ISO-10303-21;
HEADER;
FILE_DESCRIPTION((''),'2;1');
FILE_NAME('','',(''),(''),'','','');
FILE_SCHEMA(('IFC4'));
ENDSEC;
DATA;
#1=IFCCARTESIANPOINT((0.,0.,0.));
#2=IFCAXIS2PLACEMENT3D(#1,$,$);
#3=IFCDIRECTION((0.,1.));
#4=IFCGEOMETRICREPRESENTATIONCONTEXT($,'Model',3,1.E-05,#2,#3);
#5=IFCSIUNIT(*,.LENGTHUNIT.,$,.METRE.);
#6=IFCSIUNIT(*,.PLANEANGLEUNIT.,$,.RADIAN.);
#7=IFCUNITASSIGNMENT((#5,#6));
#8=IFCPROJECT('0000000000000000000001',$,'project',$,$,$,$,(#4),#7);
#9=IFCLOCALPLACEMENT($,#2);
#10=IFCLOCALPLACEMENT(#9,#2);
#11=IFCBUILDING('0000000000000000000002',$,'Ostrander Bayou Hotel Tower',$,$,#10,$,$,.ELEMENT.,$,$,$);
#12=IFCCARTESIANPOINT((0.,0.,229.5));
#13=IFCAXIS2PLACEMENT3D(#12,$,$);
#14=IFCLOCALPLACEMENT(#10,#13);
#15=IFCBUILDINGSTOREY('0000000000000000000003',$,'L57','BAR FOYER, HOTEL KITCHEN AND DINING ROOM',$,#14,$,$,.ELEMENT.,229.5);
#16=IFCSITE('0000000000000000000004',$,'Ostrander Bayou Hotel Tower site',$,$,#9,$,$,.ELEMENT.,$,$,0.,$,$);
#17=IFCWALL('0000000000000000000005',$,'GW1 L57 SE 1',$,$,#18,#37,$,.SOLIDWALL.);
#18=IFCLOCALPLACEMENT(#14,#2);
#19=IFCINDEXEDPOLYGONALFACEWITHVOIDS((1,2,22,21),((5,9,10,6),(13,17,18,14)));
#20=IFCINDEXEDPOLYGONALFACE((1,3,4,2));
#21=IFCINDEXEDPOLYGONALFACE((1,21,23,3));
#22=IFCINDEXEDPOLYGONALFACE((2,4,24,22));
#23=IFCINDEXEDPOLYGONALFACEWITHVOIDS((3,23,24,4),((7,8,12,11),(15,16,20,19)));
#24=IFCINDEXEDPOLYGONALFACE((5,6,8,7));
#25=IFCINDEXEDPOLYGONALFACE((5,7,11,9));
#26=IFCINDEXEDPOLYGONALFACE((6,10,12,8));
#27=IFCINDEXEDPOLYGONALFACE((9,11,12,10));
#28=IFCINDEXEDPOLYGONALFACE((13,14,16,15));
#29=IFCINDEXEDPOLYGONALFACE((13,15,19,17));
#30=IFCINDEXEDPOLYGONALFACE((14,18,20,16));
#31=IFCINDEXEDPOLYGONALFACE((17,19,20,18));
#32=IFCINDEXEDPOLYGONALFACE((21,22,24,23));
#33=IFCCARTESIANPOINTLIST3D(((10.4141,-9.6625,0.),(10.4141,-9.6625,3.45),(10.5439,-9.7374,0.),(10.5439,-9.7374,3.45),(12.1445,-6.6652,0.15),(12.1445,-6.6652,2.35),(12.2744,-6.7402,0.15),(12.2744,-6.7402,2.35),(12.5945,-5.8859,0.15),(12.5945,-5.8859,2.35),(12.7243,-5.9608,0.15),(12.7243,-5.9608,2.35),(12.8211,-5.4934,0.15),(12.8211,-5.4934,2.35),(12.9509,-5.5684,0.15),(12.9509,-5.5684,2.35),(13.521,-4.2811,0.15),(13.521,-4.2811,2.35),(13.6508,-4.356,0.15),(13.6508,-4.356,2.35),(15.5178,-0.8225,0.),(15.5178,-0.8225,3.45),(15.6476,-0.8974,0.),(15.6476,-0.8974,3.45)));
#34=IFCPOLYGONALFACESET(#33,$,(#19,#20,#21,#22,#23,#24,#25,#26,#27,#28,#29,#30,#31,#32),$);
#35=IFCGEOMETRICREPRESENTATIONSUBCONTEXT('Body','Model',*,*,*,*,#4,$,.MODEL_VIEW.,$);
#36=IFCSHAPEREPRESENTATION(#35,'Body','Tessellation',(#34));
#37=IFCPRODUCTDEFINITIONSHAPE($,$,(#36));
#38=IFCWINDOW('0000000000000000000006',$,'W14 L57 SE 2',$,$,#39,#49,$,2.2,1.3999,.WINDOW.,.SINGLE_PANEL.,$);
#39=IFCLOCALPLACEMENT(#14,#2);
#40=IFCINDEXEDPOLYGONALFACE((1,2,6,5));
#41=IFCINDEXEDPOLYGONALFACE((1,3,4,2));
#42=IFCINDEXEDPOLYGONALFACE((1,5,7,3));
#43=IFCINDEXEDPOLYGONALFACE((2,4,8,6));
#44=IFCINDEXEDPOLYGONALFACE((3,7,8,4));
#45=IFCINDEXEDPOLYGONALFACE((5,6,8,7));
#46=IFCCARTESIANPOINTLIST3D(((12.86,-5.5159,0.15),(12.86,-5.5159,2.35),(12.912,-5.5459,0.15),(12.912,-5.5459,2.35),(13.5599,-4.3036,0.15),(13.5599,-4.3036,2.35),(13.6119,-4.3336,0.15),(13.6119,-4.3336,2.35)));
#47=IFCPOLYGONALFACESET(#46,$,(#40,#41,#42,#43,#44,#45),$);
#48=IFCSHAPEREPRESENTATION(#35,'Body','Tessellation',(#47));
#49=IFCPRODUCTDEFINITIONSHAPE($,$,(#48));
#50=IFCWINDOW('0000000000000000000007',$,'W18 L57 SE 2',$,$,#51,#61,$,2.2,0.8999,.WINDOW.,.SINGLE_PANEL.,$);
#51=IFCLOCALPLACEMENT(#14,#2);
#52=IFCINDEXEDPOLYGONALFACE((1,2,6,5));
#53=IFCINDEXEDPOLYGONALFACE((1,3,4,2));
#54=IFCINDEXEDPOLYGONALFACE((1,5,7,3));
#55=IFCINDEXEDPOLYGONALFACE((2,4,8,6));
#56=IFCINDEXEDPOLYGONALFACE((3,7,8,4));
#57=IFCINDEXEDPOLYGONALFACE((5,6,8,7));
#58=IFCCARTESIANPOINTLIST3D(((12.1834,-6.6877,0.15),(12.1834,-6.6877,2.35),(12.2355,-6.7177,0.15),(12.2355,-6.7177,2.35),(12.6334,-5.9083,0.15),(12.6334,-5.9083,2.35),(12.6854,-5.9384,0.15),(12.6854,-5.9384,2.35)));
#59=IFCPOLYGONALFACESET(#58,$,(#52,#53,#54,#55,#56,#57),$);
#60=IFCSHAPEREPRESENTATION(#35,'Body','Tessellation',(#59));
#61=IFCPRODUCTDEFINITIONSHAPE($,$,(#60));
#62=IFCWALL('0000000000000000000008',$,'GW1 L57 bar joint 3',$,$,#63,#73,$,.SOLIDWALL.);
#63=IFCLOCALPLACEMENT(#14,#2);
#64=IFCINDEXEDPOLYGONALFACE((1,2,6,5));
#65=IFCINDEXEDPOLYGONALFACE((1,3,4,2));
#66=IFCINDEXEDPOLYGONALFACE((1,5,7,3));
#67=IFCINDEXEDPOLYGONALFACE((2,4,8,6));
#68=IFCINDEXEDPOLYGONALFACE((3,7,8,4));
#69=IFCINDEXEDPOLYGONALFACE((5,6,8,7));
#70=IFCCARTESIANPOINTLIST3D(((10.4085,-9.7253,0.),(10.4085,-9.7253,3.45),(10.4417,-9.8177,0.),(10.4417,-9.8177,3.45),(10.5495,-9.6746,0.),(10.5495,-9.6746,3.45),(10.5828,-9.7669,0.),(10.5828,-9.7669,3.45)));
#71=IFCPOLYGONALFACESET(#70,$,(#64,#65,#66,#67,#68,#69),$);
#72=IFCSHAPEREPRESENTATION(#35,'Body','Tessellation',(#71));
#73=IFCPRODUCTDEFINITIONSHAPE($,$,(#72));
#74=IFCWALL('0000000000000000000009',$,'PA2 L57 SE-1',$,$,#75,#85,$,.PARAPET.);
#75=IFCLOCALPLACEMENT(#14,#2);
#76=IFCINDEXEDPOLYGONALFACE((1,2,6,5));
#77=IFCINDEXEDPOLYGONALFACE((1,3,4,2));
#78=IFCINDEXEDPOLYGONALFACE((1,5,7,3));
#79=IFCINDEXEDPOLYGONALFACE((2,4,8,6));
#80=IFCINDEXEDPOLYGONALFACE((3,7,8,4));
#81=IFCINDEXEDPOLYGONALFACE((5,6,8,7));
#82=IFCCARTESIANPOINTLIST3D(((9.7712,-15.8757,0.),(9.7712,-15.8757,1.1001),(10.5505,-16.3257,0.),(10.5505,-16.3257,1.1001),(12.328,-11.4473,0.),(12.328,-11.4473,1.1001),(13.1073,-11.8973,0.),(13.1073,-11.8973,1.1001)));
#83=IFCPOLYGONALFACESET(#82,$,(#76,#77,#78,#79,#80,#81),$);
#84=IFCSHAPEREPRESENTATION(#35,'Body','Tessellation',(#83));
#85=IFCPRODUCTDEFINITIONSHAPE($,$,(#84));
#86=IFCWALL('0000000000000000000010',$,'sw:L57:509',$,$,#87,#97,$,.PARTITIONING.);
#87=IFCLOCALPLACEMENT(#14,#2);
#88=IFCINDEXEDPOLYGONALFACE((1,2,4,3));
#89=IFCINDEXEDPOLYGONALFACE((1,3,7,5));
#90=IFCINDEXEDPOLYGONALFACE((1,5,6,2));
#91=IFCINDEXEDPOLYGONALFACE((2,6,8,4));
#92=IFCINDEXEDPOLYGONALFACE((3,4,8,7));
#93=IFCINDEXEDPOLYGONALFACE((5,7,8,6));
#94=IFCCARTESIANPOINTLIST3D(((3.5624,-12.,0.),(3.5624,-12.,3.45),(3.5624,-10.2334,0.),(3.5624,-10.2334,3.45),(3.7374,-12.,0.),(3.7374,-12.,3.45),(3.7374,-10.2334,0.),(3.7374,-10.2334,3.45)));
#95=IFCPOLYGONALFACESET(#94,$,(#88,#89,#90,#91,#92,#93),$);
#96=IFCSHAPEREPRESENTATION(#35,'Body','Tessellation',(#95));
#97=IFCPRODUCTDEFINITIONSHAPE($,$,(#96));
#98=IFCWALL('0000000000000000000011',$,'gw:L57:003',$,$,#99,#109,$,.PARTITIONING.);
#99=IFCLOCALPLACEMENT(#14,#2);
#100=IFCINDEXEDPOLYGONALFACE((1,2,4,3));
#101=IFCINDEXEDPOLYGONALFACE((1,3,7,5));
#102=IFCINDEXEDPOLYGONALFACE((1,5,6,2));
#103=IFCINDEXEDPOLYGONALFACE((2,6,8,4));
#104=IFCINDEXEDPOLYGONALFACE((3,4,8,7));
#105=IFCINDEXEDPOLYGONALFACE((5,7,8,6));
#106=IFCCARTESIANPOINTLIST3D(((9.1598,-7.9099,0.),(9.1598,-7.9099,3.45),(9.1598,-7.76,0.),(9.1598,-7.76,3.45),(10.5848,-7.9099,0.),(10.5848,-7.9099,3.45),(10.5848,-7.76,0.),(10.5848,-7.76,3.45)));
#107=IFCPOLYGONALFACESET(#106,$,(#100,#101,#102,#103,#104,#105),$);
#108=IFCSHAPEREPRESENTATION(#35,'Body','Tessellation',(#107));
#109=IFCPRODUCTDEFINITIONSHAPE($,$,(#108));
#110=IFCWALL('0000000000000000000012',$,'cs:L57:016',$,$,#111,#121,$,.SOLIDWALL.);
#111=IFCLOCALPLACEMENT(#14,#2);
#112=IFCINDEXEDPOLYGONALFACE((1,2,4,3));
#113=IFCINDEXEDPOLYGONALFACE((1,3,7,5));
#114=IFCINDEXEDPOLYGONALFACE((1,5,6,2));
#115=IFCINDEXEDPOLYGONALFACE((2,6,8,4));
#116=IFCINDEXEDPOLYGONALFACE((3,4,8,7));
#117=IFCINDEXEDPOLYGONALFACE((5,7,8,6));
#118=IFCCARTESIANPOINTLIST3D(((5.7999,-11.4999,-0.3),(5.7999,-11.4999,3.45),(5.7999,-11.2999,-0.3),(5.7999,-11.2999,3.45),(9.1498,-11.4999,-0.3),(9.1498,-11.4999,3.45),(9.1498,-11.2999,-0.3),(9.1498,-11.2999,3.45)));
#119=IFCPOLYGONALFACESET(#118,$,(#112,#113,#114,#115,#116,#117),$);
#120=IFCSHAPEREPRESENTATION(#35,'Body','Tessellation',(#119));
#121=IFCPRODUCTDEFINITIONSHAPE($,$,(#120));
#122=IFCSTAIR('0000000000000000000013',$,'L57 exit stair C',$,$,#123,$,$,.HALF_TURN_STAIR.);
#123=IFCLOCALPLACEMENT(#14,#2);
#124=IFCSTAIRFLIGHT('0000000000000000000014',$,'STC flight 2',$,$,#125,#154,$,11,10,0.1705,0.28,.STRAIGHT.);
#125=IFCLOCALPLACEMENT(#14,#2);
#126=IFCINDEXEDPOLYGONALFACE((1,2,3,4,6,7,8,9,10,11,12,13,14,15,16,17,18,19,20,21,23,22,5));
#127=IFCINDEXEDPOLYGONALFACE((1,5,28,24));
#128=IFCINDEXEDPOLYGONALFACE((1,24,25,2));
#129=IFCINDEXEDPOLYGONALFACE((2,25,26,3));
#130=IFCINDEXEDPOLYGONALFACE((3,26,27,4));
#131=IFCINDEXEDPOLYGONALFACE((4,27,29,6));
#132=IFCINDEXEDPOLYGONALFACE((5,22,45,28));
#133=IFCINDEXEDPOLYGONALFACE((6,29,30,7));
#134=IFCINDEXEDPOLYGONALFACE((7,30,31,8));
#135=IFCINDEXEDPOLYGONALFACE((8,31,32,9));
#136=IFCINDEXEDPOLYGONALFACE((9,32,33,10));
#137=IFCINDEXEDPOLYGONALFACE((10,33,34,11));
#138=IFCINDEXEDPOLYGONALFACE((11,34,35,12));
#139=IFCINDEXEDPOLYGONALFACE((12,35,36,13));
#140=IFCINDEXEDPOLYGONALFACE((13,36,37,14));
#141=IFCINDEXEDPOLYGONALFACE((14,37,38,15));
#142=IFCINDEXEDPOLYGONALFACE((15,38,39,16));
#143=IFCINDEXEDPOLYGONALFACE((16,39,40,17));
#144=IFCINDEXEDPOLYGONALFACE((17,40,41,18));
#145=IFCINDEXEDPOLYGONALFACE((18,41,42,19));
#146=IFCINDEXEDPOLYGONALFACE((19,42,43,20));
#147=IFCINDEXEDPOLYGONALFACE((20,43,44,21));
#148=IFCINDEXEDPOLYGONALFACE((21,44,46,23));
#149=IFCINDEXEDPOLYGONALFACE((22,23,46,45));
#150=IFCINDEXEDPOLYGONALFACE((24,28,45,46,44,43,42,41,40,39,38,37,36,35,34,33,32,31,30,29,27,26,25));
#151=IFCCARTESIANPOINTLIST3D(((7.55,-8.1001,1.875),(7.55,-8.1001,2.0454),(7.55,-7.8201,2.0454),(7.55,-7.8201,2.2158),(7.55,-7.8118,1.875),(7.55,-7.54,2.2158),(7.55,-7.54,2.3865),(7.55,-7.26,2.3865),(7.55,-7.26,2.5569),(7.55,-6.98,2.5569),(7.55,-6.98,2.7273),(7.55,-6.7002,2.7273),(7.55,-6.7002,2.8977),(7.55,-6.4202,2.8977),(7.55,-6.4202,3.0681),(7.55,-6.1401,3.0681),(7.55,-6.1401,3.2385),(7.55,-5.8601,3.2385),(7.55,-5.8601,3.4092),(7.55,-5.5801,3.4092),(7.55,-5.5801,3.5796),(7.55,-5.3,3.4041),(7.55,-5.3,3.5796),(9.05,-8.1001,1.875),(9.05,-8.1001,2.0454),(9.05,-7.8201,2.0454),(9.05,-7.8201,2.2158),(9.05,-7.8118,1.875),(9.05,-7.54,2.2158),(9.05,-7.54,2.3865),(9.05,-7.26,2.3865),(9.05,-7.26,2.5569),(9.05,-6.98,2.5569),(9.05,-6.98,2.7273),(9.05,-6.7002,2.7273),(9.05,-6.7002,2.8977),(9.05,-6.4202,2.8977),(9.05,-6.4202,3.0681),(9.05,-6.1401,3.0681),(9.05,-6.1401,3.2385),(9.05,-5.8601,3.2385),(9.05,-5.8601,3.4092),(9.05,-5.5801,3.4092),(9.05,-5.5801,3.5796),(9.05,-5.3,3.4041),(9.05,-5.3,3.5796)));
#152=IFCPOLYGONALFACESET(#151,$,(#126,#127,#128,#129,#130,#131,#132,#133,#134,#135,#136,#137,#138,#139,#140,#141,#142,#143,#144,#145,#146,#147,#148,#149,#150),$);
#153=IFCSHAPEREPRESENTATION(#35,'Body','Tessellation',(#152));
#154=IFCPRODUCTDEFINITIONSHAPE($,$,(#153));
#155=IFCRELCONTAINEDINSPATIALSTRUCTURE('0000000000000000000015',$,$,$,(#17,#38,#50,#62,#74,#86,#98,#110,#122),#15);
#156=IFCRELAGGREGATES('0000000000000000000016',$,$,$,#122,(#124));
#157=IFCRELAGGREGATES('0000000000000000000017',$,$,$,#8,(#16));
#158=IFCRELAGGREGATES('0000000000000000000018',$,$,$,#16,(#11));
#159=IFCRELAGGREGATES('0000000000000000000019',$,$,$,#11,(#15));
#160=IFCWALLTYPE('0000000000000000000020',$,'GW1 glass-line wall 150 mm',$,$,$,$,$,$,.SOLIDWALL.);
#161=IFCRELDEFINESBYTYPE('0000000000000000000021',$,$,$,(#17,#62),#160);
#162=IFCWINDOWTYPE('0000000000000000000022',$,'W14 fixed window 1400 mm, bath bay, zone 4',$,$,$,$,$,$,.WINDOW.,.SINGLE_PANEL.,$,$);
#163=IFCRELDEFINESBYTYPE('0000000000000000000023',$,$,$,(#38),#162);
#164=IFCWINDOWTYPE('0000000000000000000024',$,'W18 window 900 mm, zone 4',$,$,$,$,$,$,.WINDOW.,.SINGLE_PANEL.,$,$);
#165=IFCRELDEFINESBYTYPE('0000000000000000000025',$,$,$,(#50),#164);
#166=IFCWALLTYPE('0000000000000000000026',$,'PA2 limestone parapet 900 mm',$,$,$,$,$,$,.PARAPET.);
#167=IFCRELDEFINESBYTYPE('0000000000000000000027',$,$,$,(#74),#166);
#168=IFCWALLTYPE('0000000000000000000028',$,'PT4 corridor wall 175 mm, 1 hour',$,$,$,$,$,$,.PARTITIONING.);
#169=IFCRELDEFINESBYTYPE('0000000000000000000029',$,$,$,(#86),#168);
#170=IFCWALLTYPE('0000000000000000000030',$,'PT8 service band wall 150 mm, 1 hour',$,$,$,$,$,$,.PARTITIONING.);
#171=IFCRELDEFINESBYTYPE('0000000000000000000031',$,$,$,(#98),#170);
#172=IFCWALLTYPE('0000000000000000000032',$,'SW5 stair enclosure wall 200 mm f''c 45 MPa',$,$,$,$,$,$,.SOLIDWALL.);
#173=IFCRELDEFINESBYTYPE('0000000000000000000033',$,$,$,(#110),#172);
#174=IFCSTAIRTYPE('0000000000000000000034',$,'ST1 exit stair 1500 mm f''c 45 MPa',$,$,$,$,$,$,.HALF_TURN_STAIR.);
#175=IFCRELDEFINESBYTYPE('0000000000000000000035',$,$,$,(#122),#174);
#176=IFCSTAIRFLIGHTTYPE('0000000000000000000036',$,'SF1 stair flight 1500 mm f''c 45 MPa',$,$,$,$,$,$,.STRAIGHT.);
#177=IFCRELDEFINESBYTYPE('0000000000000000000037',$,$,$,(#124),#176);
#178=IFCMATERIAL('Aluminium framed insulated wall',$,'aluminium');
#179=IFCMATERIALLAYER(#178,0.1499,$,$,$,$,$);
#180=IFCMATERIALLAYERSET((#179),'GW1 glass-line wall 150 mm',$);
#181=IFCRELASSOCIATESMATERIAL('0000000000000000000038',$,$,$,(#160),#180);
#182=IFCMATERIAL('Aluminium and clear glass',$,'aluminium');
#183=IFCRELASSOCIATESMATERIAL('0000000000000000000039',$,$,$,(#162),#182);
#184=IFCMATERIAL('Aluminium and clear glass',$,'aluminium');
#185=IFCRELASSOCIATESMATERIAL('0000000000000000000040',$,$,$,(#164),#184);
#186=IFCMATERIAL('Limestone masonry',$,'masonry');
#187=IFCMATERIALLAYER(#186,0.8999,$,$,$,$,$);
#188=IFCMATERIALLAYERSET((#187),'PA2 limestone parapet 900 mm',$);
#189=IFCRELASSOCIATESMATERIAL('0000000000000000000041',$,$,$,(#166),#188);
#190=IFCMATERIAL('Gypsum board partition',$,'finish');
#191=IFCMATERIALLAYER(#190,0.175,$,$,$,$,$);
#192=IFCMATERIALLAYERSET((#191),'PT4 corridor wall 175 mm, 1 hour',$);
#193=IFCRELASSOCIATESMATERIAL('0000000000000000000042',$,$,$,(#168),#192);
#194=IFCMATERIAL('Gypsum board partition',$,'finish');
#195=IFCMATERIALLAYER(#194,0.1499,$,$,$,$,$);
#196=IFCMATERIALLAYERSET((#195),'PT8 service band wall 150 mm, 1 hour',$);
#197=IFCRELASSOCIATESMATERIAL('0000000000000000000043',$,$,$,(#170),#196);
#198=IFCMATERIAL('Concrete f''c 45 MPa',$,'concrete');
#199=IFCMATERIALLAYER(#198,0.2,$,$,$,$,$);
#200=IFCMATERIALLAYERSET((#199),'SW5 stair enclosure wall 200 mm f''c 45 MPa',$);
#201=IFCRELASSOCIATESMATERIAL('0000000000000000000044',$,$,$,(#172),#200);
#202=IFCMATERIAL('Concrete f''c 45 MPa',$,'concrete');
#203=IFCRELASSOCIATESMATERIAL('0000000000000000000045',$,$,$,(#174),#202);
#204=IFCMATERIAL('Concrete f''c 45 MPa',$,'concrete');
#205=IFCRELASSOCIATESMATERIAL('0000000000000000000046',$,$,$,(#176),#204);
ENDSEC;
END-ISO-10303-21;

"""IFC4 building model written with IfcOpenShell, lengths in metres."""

from ifc_helpers import new_model, si_unit, direction, frame, frame_2d, origin, place, context, subcontext, project, spatial, polyline, rectangle, outline, extrude, material, layer, layer_set, type_object, element, fill, aggregate, save


model = new_model("IFC4")

# Units and contexts
model_context = context("Model", 3, precision=1e-05, world=origin(), true_north=direction((0.0, 1.0)))
body_context = subcontext(model_context, "Body", "Model", "MODEL_VIEW")
ifc_project = project(units=[si_unit("LENGTHUNIT", "METRE"), si_unit("PLANEANGLEUNIT", "RADIAN")], contexts=[model_context])

# Site, building, storey
site_placement = place(None, origin())
site = spatial("IfcSite", under=ifc_project, at=site_placement, Name="Ostrander Bayou Hotel Tower site", CompositionType="ELEMENT", RefElevation=0.0)
building_placement = place(site_placement, origin())
building = spatial("IfcBuilding", under=site, at=building_placement, Name="Ostrander Bayou Hotel Tower", CompositionType="ELEMENT")
storey_placement = place(building_placement, frame((0.0, 0.0, 229.5)))
storey = spatial("IfcBuildingStorey", under=building, at=storey_placement, Name="L57", Description="BAR FOYER, HOTEL KITCHEN AND DINING ROOM", CompositionType="ELEMENT", Elevation=229.5)

# Wall, openings, windows
ifc_material_1 = material(Name="Aluminium framed insulated wall", Category="aluminium")
ifc_layer_1 = layer(ifc_material_1, 0.1499)
ifc_layer_set_1 = layer_set([ifc_layer_1], Name="GW1 glass-line wall 150 mm")
wall_type_1 = type_object("IfcWallType", Name="GW1 glass-line wall 150 mm", PredefinedType="SOLIDWALL", material=ifc_layer_set_1)
wall_1_placement = place(storey_placement, frame((10.479, -9.7, 0.0), z_axis=(0.0, 0.0, 1.0), x_axis=(0.499995, 0.866028, 0.0)))
wall_1 = element("IfcWall", 1, at=wall_1_placement, inside=storey, type_object=wall_type_1, Name="GW1 L57 SE 1", PredefinedType="SOLIDWALL", context=body_context, shape_type="SweptSolid", body=[
    extrude(rectangle(XDim=10.2075, YDim=0.1499, at=frame_2d((5.1038, 0.0))), origin(), (0.0, 0.0, 1.0), 3.45),
])
opening_1_placement = place(wall_1_placement, frame((3.4609, 0.0, 0.1499)))
opening_1 = element("IfcOpeningElement", 2, at=opening_1_placement, cuts=wall_1, PredefinedType="OPENING", context=body_context, shape_type="SweptSolid", body=[
    extrude(rectangle(XDim=0.8999, YDim=2.2, at=frame_2d((0.45, 1.1001))), frame((0.0, 0.075, 0.0), z_axis=(0.0, -1.0, 0.0), x_axis=(1.0, 0.0, 0.0)), (0.0, 0.0, 1.0), 0.1499),
])
opening_2_placement = place(wall_1_placement, frame((4.814, 0.0, 0.1499)))
opening_2 = element("IfcOpeningElement", 3, at=opening_2_placement, cuts=wall_1, PredefinedType="OPENING", context=body_context, shape_type="SweptSolid", body=[
    extrude(rectangle(XDim=1.3999, YDim=2.2, at=frame_2d((0.7, 1.1001))), frame((0.0, 0.075, 0.0), z_axis=(0.0, -1.0, 0.0), x_axis=(1.0, 0.0, 0.0)), (0.0, 0.0, 1.0), 0.1499),
])
ifc_material_2 = material(Name="Aluminium and clear glass", Category="aluminium")
window_type_1 = type_object("IfcWindowType", Name="W14 fixed window 1400 mm, bath bay, zone 4", PartitioningType="SINGLE_PANEL", PredefinedType="WINDOW", material=ifc_material_2)
window_1_placement = place(opening_2_placement, origin())
window_1 = element("IfcWindow", 4, at=window_1_placement, inside=storey, type_object=window_type_1, Name="W14 L57 SE 2", OverallHeight=2.2, OverallWidth=1.3999, PartitioningType="SINGLE_PANEL", PredefinedType="WINDOW", context=body_context, shape_type="SweptSolid", body=[
    extrude(rectangle(XDim=1.3999, YDim=2.2, at=frame_2d((0.7, 1.1001))), frame((0.0, 0.03, 0.0), z_axis=(0.0, -1.0, 0.0), x_axis=(1.0, 0.0, 0.0)), (0.0, 0.0, 1.0), 0.0601),
])
fill(opening_2, window_1)
ifc_material_3 = material(Name="Aluminium and clear glass", Category="aluminium")
window_type_2 = type_object("IfcWindowType", Name="W18 window 900 mm, zone 4", PartitioningType="SINGLE_PANEL", PredefinedType="WINDOW", material=ifc_material_3)
window_2_placement = place(opening_1_placement, origin())
window_2 = element("IfcWindow", 5, at=window_2_placement, inside=storey, type_object=window_type_2, Name="W18 L57 SE 2", OverallHeight=2.2, OverallWidth=0.8999, PartitioningType="SINGLE_PANEL", PredefinedType="WINDOW", context=body_context, shape_type="SweptSolid", body=[
    extrude(rectangle(XDim=0.8999, YDim=2.2, at=frame_2d((0.45, 1.1001))), frame((0.0, 0.03, 0.0), z_axis=(0.0, -1.0, 0.0), x_axis=(1.0, 0.0, 0.0)), (0.0, 0.0, 1.0), 0.0601),
])
fill(opening_1, window_2)

# Walls
wall_2_placement = place(storey_placement, frame((10.479, -9.7, 0.0), z_axis=(0.0, 0.0, 1.0), x_axis=(0.338543, -0.940951, 0.0)))
element("IfcWall", 6, at=wall_2_placement, inside=storey, type_object=wall_type_1, Name="GW1 L57 bar joint 3", PredefinedType="SOLIDWALL", context=body_context, shape_type="SweptSolid", body=[
    extrude(rectangle(XDim=0.0981, YDim=0.1499, at=frame_2d((0.0491, 0.0))), origin(), (0.0, 0.0, 1.0), 3.45),
])
ifc_material_4 = material(Name="Limestone masonry", Category="masonry")
ifc_layer_2 = layer(ifc_material_4, 0.8999)
ifc_layer_set_2 = layer_set([ifc_layer_2], Name="PA2 limestone parapet 900 mm")
wall_type_2 = type_object("IfcWallType", Name="PA2 limestone parapet 900 mm", PredefinedType="PARAPET", material=ifc_layer_set_2)
wall_3_placement = place(storey_placement, frame((10.1609, -16.1006, 0.0), z_axis=(0.0, 0.0, 1.0), x_axis=(0.500016, 0.866016, 0.0)))
element("IfcWall", 7, at=wall_3_placement, inside=storey, type_object=wall_type_2, Name="PA2 L57 SE-1", PredefinedType="PARAPET", context=body_context, shape_type="SweptSolid", body=[
    extrude(rectangle(XDim=5.1135, YDim=0.8999, at=frame_2d((2.5566, 0.0))), origin(), (0.0, 0.0, 1.0), 1.1001),
])
ifc_material_5 = material(Name="Gypsum board partition", Category="finish")
ifc_layer_3 = layer(ifc_material_5, 0.175)
ifc_layer_set_3 = layer_set([ifc_layer_3], Name="PT4 corridor wall 175 mm, 1 hour")
wall_type_3 = type_object("IfcWallType", Name="PT4 corridor wall 175 mm, 1 hour", PredefinedType="PARTITIONING", material=ifc_layer_set_3)
wall_4_placement = place(storey_placement, frame((3.6499, -12.0, 0.0), z_axis=(0.0, 0.0, 1.0), x_axis=(0.0, 1.0, 0.0)))
element("IfcWall", 8, at=wall_4_placement, inside=storey, type_object=wall_type_3, Name="sw:L57:509", PredefinedType="PARTITIONING", context=body_context, shape_type="SweptSolid", body=[
    extrude(rectangle(XDim=1.7666, YDim=0.175, at=frame_2d((0.8833, 0.0))), origin(), (0.0, 0.0, 1.0), 3.45),
])
ifc_material_6 = material(Name="Gypsum board partition", Category="finish")
ifc_layer_4 = layer(ifc_material_6, 0.1499)
ifc_layer_set_4 = layer_set([ifc_layer_4], Name="PT8 service band wall 150 mm, 1 hour")
wall_type_4 = type_object("IfcWallType", Name="PT8 service band wall 150 mm, 1 hour", PredefinedType="PARTITIONING", material=ifc_layer_set_4)
wall_5_placement = place(storey_placement, frame((9.1599, -7.835, 0.0), z_axis=(0.0, 0.0, 1.0), x_axis=(1.0, 0.0, 0.0)))
element("IfcWall", 9, at=wall_5_placement, inside=storey, type_object=wall_type_4, Name="gw:L57:003", PredefinedType="PARTITIONING", context=body_context, shape_type="SweptSolid", body=[
    extrude(rectangle(XDim=1.425, YDim=0.1499, at=frame_2d((0.7124, 0.0))), origin(), (0.0, 0.0, 1.0), 3.45),
])
ifc_material_7 = material(Name="Concrete f'c 45 MPa", Category="concrete")
ifc_layer_5 = layer(ifc_material_7, 0.2)
ifc_layer_set_5 = layer_set([ifc_layer_5], Name="SW5 stair enclosure wall 200 mm f'c 45 MPa")
wall_type_5 = type_object("IfcWallType", Name="SW5 stair enclosure wall 200 mm f'c 45 MPa", PredefinedType="SOLIDWALL", material=ifc_layer_set_5)
wall_6_placement = place(storey_placement, frame((5.8, -11.3999, -0.3), z_axis=(0.0, 0.0, 1.0), x_axis=(1.0, 0.0, 0.0)))
element("IfcWall", 10, at=wall_6_placement, inside=storey, type_object=wall_type_5, Name="cs:L57:016", PredefinedType="SOLIDWALL", context=body_context, shape_type="SweptSolid", body=[
    extrude(rectangle(XDim=3.3499, YDim=0.2, at=frame_2d((1.6748, 0.0))), origin(), (0.0, 0.0, 1.0), 3.75),
])

# Stair, stair flight
ifc_material_8 = material(Name="Concrete f'c 45 MPa", Category="concrete")
stair_type = type_object("IfcStairType", Name="ST1 exit stair 1500 mm f'c 45 MPa", PredefinedType="HALF_TURN_STAIR", material=ifc_material_8)
stair_placement = place(storey_placement, origin())
stair = element("IfcStair", 11, at=stair_placement, inside=storey, type_object=stair_type, Name="L57 exit stair C", PredefinedType="HALF_TURN_STAIR")
ifc_material_9 = material(Name="Concrete f'c 45 MPa", Category="concrete")
stair_flight_type = type_object("IfcStairFlightType", Name="SF1 stair flight 1500 mm f'c 45 MPa", PredefinedType="STRAIGHT", material=ifc_material_9)
stair_flight_placement = place(storey_placement, frame((8.3, -8.1001, 1.875), z_axis=(0.0, 0.0, 1.0), x_axis=(0.0, 1.0, 0.0)))
stair_flight = element("IfcStairFlight", 12, at=stair_flight_placement, type_object=stair_flight_type, Name="STC flight 2", NumberOfRisers=11, NumberOfTreads=10, PredefinedType="STRAIGHT", RiserHeight=0.1705, TreadLength=0.28, context=body_context, shape_type="SweptSolid", body=[
    extrude(outline(polyline([(0.0, 0.0), (0.0, 0.1704), (0.28, 0.1704), (0.28, 0.3408), (0.5601, 0.3408), (0.5601, 0.5115), (0.8401, 0.5115), (0.8401, 0.6819), (1.1201, 0.6819), (1.1201, 0.8523), (1.3999, 0.8523), (1.3999, 1.0227), (1.6799, 1.0227), (1.6799, 1.1931), (1.96, 1.1931), (1.96, 1.3635), (2.24, 1.3635), (2.24, 1.5342), (2.52, 1.5342), (2.52, 1.7046), (2.8, 1.7046), (2.8, 1.875), (2.8, 1.5291), (0.2883, 0.0), (0.0, 0.0)])), frame((0.0, 0.75, 0.0), z_axis=(0.0, -1.0, 0.0), x_axis=(1.0, 0.0, 0.0)), (0.0, 0.0, 1.0), 1.5),
])
aggregate(stair, [stair_flight])

save(model, "model.ifc")
